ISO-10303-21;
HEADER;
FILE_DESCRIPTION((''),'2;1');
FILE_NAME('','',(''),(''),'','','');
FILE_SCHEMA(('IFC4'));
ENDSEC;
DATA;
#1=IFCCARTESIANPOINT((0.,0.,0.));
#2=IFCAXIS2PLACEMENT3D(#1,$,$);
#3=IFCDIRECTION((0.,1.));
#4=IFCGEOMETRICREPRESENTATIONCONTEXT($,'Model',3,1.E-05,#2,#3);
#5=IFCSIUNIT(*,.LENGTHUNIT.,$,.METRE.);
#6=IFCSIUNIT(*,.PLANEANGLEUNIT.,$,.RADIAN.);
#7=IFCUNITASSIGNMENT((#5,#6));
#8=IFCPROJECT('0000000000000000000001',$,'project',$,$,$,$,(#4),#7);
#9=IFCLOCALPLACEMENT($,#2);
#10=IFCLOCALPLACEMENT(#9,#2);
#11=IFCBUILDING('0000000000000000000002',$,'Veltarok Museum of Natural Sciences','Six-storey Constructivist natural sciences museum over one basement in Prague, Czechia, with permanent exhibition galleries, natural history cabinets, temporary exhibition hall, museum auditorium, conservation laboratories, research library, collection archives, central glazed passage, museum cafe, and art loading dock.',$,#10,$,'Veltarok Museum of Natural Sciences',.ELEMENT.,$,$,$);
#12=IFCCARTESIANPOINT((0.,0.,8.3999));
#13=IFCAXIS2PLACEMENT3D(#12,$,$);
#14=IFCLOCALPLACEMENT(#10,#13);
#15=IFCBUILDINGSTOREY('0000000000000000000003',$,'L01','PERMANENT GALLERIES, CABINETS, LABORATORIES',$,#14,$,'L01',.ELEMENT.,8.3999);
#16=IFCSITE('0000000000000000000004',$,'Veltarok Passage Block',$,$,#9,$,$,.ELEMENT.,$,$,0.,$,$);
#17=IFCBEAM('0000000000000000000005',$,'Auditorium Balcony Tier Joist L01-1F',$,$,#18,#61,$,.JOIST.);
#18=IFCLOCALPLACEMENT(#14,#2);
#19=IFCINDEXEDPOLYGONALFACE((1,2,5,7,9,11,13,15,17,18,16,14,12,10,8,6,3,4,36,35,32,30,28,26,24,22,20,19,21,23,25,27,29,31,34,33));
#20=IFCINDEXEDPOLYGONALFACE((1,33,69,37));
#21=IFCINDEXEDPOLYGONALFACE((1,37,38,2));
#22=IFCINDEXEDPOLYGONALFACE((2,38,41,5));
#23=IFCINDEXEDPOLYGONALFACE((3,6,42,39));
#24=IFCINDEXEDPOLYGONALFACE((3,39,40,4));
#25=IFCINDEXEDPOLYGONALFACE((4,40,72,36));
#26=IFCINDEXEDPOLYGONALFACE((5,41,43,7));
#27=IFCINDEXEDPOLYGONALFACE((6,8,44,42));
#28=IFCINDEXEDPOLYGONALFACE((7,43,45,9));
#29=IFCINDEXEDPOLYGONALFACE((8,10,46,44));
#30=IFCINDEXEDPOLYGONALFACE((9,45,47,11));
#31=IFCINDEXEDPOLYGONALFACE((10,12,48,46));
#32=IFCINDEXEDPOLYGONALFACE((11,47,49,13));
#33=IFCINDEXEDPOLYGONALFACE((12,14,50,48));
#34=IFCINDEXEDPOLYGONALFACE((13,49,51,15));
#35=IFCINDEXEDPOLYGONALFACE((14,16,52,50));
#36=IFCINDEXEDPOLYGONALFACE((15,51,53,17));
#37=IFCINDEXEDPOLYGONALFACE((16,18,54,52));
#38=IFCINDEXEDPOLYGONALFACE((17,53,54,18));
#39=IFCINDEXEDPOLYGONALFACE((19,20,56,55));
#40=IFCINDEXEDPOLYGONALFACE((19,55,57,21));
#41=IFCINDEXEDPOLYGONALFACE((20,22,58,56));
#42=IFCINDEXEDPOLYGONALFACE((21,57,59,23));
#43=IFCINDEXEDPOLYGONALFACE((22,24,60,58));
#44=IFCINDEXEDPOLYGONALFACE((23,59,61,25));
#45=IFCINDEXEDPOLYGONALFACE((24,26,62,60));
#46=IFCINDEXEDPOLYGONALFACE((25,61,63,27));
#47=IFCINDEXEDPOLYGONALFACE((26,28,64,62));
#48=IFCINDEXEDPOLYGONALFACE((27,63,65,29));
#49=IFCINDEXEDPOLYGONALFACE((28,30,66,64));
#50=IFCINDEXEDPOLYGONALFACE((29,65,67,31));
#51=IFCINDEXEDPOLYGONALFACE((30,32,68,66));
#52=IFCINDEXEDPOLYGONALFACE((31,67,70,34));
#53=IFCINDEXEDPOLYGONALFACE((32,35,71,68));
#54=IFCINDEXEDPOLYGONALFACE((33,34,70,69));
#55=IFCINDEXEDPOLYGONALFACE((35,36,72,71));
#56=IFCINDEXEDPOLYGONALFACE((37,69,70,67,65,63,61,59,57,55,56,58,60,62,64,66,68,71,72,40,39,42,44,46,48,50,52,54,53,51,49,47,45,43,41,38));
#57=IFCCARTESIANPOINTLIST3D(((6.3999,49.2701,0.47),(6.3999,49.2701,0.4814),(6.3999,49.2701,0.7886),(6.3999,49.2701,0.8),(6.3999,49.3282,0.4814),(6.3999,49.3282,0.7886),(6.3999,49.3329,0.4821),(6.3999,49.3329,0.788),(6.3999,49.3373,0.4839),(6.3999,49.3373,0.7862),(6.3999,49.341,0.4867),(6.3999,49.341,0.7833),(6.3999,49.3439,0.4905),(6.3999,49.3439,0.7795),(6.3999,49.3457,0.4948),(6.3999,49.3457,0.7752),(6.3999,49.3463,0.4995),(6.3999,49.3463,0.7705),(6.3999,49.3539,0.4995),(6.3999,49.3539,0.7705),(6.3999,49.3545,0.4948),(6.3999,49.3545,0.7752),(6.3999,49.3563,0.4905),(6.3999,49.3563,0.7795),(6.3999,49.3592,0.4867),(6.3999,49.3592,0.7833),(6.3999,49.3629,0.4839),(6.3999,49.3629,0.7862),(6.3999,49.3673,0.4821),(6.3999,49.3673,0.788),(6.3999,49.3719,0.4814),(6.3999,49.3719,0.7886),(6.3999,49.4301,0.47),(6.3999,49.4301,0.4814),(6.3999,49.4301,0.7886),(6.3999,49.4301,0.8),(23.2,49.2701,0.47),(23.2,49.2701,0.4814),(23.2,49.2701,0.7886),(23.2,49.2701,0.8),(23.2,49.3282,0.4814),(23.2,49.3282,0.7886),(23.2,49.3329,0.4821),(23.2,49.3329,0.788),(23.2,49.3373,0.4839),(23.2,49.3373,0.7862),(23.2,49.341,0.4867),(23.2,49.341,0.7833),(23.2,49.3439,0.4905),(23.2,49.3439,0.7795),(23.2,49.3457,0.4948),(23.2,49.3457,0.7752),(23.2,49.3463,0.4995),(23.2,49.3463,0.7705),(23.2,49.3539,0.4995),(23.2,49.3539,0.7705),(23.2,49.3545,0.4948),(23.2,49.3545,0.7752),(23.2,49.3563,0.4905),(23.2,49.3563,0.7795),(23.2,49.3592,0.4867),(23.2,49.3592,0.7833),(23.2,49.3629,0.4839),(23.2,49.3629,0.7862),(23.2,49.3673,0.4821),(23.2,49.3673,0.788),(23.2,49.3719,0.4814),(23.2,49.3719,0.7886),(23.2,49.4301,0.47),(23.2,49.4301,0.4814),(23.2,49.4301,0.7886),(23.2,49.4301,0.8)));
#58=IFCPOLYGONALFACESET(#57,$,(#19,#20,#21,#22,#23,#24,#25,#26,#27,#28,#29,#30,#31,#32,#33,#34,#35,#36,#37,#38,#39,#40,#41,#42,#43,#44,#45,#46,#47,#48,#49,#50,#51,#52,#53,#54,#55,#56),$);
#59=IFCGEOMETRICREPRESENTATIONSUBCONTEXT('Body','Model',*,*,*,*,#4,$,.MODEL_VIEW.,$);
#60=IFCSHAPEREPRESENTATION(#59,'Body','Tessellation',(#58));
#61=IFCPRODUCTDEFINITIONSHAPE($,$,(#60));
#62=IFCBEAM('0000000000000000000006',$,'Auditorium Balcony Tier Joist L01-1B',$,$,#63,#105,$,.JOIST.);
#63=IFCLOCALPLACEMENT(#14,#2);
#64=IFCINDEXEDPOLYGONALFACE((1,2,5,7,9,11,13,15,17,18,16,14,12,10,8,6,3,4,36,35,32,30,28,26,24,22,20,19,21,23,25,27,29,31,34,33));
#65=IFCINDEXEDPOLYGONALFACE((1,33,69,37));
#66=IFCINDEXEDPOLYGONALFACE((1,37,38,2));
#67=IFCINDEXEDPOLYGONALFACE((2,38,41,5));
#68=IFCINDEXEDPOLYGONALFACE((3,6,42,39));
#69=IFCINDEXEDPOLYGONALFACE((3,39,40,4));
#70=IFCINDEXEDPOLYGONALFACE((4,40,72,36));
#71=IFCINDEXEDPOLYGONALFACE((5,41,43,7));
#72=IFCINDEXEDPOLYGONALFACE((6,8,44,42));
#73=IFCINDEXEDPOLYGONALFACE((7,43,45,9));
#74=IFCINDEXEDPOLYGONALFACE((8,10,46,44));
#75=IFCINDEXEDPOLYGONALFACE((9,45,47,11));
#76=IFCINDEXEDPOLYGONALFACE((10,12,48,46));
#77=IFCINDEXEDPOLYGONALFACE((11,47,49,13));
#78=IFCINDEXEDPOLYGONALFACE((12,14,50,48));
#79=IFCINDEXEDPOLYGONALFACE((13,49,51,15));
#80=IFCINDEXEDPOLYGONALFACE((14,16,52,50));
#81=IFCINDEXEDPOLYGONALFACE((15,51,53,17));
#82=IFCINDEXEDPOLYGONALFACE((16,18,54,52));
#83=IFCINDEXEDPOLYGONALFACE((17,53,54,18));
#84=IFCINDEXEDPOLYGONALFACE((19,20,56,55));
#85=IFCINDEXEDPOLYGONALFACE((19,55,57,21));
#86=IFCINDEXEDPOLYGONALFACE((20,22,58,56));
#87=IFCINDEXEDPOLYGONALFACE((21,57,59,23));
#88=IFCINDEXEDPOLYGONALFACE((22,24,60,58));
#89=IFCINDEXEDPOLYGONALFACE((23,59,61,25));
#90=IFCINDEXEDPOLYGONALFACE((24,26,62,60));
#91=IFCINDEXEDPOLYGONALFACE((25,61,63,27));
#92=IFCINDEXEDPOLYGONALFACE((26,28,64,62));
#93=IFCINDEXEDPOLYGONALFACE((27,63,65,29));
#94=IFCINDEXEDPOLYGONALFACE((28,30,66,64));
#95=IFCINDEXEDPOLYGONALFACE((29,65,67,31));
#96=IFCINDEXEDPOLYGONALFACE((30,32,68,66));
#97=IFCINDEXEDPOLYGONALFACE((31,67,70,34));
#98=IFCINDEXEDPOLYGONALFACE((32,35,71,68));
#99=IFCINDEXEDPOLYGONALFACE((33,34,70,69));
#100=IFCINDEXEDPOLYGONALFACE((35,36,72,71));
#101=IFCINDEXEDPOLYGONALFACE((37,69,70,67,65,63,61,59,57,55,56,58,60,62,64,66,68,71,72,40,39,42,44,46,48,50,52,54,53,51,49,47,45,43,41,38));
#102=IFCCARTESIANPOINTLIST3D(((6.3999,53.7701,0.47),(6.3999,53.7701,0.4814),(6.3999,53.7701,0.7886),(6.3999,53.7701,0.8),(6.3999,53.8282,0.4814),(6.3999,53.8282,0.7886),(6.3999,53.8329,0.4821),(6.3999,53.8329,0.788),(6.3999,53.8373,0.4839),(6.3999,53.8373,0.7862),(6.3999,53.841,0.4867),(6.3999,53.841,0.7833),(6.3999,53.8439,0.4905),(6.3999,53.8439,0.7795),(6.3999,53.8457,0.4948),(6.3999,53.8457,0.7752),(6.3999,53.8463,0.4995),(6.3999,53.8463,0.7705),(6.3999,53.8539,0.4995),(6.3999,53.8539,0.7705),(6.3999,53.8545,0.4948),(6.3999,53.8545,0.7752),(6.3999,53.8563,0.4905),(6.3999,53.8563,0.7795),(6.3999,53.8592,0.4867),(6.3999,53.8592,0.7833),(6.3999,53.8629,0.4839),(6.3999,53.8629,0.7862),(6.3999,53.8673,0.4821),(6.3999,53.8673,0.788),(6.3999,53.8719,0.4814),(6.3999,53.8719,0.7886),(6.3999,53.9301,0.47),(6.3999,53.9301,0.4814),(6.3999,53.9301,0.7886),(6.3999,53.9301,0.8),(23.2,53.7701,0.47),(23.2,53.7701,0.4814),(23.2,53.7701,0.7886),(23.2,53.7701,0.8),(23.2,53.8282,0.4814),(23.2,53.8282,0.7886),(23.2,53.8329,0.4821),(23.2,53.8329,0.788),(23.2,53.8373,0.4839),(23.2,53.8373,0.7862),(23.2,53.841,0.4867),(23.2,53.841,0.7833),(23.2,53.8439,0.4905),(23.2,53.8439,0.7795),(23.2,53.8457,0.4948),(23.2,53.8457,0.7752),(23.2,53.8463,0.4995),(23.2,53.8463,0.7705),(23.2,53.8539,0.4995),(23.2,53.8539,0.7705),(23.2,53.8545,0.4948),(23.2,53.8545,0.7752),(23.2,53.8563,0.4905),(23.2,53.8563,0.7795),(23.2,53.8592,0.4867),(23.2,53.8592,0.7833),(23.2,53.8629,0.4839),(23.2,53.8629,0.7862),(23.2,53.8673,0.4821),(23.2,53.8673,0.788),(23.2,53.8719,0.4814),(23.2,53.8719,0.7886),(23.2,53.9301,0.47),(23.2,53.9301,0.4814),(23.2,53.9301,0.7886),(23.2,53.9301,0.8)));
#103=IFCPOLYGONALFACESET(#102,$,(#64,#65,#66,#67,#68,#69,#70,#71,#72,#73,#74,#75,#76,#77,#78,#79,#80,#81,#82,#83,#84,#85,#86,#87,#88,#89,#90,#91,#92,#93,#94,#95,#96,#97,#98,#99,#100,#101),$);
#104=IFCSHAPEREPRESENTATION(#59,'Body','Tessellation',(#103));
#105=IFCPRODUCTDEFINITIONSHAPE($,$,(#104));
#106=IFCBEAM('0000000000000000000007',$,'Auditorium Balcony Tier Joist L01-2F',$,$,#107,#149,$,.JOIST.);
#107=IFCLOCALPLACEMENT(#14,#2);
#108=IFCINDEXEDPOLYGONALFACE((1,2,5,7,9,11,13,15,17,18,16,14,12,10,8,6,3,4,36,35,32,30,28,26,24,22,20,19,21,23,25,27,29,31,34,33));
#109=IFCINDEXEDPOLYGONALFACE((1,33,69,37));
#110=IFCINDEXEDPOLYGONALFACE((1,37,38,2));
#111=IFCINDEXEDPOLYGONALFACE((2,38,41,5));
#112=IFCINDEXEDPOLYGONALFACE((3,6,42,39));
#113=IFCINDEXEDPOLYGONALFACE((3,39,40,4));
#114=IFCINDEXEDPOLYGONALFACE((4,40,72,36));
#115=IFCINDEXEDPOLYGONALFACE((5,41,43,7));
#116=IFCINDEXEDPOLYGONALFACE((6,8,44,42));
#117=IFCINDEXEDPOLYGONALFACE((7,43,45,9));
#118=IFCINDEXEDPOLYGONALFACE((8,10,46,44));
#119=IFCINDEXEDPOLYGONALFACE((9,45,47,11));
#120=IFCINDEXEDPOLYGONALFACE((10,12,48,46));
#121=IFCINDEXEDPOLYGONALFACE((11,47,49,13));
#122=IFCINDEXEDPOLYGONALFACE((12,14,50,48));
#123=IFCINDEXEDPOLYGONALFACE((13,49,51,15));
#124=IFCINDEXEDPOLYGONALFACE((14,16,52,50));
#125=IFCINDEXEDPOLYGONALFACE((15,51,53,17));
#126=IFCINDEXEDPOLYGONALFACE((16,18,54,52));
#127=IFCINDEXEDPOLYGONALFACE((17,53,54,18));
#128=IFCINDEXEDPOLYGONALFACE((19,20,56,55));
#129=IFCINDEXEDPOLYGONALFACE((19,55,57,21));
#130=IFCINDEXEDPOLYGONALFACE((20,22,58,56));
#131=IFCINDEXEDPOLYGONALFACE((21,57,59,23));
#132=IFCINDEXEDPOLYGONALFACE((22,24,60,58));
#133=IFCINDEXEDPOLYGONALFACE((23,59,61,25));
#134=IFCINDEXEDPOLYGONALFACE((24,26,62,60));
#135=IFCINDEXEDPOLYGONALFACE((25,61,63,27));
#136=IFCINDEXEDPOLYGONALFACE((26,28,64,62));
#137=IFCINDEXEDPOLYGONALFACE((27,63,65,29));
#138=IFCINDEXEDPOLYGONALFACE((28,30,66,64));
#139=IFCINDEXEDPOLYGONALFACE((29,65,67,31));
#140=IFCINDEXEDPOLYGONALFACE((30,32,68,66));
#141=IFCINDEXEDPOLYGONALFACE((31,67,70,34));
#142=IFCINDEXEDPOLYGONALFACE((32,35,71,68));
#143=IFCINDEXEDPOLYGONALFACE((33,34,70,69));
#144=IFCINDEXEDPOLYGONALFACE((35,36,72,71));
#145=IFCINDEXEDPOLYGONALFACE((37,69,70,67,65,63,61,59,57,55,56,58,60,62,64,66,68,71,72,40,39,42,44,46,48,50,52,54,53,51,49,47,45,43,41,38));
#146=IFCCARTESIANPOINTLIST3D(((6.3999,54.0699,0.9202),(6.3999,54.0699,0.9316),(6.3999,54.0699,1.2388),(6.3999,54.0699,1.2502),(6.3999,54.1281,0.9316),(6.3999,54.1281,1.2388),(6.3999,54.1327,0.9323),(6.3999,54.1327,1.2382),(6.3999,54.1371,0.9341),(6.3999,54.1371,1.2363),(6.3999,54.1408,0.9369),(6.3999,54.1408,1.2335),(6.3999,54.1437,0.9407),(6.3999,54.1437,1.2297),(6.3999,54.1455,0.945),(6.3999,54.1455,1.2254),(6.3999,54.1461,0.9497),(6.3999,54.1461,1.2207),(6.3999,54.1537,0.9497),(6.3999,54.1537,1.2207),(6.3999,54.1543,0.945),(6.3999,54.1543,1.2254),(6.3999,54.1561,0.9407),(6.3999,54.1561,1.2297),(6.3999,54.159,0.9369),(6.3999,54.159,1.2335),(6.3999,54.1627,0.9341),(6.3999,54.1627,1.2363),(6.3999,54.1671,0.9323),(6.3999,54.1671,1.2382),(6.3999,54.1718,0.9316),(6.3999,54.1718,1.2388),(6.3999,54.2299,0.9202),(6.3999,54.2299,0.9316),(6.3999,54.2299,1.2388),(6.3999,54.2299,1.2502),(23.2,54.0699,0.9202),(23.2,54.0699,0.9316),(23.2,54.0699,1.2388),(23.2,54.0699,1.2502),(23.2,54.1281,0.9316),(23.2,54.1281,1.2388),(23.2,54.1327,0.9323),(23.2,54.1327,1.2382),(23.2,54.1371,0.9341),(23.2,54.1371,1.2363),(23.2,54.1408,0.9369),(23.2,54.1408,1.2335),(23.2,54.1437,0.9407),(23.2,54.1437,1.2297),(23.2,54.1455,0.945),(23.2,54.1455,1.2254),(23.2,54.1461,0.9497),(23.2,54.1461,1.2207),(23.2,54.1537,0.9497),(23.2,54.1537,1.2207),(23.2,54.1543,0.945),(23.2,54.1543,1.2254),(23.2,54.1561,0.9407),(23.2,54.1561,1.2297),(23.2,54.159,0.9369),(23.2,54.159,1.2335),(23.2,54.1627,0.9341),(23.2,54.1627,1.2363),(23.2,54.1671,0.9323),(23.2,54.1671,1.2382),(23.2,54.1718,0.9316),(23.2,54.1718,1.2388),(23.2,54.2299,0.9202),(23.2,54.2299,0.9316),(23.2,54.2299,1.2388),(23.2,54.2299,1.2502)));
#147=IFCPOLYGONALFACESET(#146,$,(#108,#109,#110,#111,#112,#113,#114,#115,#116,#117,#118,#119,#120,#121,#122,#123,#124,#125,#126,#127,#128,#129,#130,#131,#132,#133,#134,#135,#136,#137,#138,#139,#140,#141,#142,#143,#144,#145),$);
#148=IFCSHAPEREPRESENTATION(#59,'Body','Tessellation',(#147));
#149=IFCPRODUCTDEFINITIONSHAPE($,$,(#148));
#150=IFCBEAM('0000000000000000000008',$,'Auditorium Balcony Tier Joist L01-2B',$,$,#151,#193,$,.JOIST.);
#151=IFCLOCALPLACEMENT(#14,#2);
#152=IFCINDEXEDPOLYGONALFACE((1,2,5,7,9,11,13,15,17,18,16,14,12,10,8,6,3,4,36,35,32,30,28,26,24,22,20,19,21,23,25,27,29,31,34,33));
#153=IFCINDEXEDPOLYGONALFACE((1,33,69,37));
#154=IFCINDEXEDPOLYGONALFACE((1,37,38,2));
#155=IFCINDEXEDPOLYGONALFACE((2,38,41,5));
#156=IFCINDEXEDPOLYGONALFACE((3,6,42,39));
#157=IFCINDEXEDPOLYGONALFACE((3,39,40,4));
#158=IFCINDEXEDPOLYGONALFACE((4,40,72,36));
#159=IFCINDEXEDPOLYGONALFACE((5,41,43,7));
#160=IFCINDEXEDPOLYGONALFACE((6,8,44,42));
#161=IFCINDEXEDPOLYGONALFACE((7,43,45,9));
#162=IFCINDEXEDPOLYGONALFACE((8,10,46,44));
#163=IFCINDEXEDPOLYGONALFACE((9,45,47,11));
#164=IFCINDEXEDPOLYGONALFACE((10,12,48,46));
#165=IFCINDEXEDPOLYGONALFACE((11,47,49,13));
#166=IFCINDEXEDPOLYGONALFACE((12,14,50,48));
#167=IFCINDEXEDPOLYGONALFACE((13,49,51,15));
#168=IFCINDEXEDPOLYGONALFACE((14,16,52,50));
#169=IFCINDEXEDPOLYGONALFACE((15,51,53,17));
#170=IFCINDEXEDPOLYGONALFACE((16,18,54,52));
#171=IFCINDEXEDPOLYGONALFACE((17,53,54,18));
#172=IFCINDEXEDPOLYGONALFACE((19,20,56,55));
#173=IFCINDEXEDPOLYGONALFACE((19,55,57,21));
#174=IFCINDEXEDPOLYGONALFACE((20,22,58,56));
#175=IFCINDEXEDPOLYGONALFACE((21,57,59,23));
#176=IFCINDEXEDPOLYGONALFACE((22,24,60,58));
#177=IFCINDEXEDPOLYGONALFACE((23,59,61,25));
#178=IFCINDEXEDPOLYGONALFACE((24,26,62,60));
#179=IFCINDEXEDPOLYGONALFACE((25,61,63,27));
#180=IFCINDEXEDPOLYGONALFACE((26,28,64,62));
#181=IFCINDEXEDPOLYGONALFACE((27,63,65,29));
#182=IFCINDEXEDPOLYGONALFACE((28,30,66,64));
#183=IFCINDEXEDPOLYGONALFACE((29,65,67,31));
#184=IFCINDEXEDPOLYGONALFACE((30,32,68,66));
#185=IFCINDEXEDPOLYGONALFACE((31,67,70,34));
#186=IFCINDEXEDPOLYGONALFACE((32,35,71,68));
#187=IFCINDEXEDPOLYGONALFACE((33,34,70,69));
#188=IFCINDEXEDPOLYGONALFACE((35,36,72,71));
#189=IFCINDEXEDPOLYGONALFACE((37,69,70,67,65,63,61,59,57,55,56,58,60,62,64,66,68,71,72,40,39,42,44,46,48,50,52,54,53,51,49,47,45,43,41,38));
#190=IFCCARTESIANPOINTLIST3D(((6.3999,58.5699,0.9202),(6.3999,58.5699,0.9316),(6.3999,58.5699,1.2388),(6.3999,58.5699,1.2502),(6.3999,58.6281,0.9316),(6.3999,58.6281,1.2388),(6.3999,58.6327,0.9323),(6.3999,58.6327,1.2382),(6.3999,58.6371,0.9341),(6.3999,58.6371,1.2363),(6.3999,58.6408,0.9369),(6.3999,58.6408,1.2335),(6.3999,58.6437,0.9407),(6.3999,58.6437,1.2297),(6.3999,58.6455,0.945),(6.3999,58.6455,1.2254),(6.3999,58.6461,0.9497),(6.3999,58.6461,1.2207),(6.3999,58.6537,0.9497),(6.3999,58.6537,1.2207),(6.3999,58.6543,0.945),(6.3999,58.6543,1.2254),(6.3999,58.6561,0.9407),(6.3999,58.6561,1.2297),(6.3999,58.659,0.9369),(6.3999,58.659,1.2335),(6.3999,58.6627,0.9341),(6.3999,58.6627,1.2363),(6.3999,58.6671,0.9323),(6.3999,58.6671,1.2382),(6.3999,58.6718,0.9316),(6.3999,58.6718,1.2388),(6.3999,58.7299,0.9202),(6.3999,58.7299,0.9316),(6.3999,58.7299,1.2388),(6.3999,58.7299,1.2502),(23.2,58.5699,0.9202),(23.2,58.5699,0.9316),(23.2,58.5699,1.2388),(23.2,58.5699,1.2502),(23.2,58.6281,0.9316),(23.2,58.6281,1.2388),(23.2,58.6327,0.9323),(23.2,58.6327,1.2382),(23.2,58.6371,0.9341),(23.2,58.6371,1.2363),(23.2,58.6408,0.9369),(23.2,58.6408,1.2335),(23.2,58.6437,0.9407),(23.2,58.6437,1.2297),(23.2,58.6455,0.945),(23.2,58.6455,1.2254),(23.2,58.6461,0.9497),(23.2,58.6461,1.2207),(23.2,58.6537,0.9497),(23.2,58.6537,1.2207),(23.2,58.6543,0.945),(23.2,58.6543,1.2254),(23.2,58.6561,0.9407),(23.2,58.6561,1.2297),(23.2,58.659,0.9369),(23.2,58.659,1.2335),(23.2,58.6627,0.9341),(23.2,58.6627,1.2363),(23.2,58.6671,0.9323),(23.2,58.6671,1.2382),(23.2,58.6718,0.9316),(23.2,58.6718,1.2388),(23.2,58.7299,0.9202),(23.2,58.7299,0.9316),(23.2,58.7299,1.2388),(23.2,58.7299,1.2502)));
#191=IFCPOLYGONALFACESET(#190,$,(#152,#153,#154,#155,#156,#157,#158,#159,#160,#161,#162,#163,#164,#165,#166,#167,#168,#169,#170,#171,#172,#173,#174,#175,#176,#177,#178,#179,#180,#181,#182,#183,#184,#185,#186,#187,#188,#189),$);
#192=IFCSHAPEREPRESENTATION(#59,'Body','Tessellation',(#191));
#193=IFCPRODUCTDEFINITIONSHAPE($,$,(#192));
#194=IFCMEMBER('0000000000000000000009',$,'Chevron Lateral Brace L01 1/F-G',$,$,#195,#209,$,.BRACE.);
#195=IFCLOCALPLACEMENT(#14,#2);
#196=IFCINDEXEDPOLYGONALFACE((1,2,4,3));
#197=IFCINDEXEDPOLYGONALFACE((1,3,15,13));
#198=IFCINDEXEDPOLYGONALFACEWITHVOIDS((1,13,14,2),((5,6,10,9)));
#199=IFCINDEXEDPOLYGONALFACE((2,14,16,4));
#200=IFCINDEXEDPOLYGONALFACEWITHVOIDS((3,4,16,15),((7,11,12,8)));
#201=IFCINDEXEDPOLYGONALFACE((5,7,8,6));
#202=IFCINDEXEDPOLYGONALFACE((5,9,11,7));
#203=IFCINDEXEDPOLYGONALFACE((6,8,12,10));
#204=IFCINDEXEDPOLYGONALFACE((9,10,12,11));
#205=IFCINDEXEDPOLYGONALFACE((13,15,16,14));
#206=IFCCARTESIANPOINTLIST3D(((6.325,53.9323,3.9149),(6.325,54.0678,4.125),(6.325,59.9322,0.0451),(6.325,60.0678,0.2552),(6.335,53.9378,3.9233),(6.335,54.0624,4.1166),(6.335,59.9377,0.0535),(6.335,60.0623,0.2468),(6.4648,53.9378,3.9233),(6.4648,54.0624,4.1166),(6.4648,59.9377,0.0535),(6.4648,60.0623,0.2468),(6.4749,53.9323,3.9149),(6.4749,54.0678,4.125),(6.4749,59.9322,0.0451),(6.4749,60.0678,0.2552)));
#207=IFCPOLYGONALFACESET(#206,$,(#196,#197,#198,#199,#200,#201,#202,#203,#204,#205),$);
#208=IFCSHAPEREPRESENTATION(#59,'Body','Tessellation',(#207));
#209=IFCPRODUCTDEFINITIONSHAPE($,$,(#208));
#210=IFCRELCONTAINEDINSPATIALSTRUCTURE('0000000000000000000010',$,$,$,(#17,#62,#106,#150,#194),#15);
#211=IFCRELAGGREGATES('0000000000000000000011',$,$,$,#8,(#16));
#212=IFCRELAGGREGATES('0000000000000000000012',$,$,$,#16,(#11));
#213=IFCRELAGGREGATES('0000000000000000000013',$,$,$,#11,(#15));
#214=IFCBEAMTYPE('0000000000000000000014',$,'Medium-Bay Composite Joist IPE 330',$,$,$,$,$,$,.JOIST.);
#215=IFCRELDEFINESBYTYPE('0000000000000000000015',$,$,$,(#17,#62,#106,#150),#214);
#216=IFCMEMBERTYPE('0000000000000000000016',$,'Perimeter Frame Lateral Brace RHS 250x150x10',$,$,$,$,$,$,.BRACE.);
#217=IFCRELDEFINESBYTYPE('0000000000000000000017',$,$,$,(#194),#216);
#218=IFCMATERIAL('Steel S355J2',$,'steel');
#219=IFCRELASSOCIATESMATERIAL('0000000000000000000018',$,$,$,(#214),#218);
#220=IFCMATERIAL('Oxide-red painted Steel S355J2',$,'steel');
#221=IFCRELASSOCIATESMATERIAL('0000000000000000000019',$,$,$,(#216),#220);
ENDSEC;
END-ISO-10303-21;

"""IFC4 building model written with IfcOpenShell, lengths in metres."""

from ifc_helpers import new_model, si_unit, direction, frame, origin, origin_2d, place, context, subcontext, project, spatial, hollow_rectangle, i_section, extrude, material, material_profile, profile_set, type_object, element, save


model = new_model("IFC4")

# Units and contexts
model_context = context("Model", 3, precision=1e-05, world=origin(), true_north=direction((0.0, 1.0)))
body_context = subcontext(model_context, "Body", "Model", "MODEL_VIEW")
ifc_project = project(units=[si_unit("LENGTHUNIT", "METRE"), si_unit("PLANEANGLEUNIT", "RADIAN")], contexts=[model_context])

# Site, building, storey
site_placement = place(None, origin())
site = spatial("IfcSite", under=ifc_project, at=site_placement, Name="Veltarok Passage Block", CompositionType="ELEMENT", RefElevation=0.0)
building_placement = place(site_placement, origin())
building = spatial("IfcBuilding", under=site, at=building_placement, Name="Veltarok Museum of Natural Sciences", Description="Six-storey Constructivist natural sciences museum over one basement in Prague, Czechia, with permanent exhibition galleries, natural history cabinets, temporary exhibition hall, museum auditorium, conservation laboratories, research library, collection archives, central glazed passage, museum cafe, and art loading dock.", LongName="Veltarok Museum of Natural Sciences", CompositionType="ELEMENT")
storey_placement = place(building_placement, frame((0.0, 0.0, 8.3999)))
storey = spatial("IfcBuildingStorey", under=building, at=storey_placement, Name="L01", Description="PERMANENT GALLERIES, CABINETS, LABORATORIES", LongName="L01", CompositionType="ELEMENT", Elevation=8.3999)

# Shared definitions
ifc_material_1 = material(Name="Steel S355J2", Category="steel")

# Beams
ifc_material_profile_1 = material_profile(ifc_material_1, i_section(OverallWidth=0.1599, OverallDepth=0.3301, WebThickness=0.0076, FlangeThickness=0.0115, FilletRadius=0.0181, at=origin_2d()), Name="IPE 330")
ifc_profile_set_1 = profile_set([ifc_material_profile_1], Name="Steel S355J2")
beam_type_1 = type_object("IfcBeamType", Name="Medium-Bay Composite Joist IPE 330", PredefinedType="JOIST", material=ifc_profile_set_1)
for number, where, z_axis, x_axis, name in (
    (1, (6.3999, 49.3501, 0.635), (1.0, 0.0, 0.0), (0.0, 1.0, 0.0), "Auditorium Balcony Tier Joist L01-1F"),
    (2, (6.3999, 53.8501, 0.635), (1.0, 0.0, 0.0), (0.0, 1.0, 0.0), "Auditorium Balcony Tier Joist L01-1B"),
    (3, (6.3999, 54.1499, 1.0852), (1.0, 0.0, 0.0), (0.0, 1.0, 0.0), "Auditorium Balcony Tier Joist L01-2F"),
    (4, (6.3999, 58.6499, 1.0852), (1.0, 0.0, 0.0), (0.0, 1.0, 0.0), "Auditorium Balcony Tier Joist L01-2B"),
):
    element("IfcBeam", number, at=place(storey_placement, frame(where, z_axis=z_axis, x_axis=x_axis)), inside=storey, type_object=beam_type_1, Name=name, PredefinedType="JOIST", context=body_context, shape_type="SweptSolid", body=[
        extrude(i_section(OverallWidth=0.1599, OverallDepth=0.3301, WebThickness=0.0076, FlangeThickness=0.0115, FilletRadius=0.0181, at=origin_2d()), origin(), (0.0, 0.0, 1.0), 16.8),
    ])

# Member
ifc_material_2 = material(Name="Oxide-red painted Steel S355J2", Category="steel")
ifc_material_profile_2 = material_profile(ifc_material_2, hollow_rectangle(XDim=0.1499, YDim=0.25, WallThickness=0.01, at=origin_2d()), Name="RHS 250x150x10")
ifc_profile_set_2 = profile_set([ifc_material_profile_2], Name="Oxide-red painted Steel S355J2")
member_type_1 = type_object("IfcMemberType", Name="Perimeter Frame Lateral Brace RHS 250x150x10", PredefinedType="BRACE", material=ifc_profile_set_2)
for number, where, z_axis, x_axis, name in (
    (5, (6.3999, 60.0, 0.1501), (0.0, -0.840366, 0.542019), (1.0, 0.0, 0.0), "Chevron Lateral Brace L01 1/F-G"),
):
    element("IfcMember", number, at=place(storey_placement, frame(where, z_axis=z_axis, x_axis=x_axis)), inside=storey, type_object=member_type_1, Name=name, PredefinedType="BRACE", context=body_context, shape_type="SweptSolid", body=[
        extrude(hollow_rectangle(XDim=0.1499, YDim=0.25, WallThickness=0.01, at=origin_2d()), origin(), (0.0, 0.0, 1.0), 7.1396),
    ])

save(model, "model.ifc")
